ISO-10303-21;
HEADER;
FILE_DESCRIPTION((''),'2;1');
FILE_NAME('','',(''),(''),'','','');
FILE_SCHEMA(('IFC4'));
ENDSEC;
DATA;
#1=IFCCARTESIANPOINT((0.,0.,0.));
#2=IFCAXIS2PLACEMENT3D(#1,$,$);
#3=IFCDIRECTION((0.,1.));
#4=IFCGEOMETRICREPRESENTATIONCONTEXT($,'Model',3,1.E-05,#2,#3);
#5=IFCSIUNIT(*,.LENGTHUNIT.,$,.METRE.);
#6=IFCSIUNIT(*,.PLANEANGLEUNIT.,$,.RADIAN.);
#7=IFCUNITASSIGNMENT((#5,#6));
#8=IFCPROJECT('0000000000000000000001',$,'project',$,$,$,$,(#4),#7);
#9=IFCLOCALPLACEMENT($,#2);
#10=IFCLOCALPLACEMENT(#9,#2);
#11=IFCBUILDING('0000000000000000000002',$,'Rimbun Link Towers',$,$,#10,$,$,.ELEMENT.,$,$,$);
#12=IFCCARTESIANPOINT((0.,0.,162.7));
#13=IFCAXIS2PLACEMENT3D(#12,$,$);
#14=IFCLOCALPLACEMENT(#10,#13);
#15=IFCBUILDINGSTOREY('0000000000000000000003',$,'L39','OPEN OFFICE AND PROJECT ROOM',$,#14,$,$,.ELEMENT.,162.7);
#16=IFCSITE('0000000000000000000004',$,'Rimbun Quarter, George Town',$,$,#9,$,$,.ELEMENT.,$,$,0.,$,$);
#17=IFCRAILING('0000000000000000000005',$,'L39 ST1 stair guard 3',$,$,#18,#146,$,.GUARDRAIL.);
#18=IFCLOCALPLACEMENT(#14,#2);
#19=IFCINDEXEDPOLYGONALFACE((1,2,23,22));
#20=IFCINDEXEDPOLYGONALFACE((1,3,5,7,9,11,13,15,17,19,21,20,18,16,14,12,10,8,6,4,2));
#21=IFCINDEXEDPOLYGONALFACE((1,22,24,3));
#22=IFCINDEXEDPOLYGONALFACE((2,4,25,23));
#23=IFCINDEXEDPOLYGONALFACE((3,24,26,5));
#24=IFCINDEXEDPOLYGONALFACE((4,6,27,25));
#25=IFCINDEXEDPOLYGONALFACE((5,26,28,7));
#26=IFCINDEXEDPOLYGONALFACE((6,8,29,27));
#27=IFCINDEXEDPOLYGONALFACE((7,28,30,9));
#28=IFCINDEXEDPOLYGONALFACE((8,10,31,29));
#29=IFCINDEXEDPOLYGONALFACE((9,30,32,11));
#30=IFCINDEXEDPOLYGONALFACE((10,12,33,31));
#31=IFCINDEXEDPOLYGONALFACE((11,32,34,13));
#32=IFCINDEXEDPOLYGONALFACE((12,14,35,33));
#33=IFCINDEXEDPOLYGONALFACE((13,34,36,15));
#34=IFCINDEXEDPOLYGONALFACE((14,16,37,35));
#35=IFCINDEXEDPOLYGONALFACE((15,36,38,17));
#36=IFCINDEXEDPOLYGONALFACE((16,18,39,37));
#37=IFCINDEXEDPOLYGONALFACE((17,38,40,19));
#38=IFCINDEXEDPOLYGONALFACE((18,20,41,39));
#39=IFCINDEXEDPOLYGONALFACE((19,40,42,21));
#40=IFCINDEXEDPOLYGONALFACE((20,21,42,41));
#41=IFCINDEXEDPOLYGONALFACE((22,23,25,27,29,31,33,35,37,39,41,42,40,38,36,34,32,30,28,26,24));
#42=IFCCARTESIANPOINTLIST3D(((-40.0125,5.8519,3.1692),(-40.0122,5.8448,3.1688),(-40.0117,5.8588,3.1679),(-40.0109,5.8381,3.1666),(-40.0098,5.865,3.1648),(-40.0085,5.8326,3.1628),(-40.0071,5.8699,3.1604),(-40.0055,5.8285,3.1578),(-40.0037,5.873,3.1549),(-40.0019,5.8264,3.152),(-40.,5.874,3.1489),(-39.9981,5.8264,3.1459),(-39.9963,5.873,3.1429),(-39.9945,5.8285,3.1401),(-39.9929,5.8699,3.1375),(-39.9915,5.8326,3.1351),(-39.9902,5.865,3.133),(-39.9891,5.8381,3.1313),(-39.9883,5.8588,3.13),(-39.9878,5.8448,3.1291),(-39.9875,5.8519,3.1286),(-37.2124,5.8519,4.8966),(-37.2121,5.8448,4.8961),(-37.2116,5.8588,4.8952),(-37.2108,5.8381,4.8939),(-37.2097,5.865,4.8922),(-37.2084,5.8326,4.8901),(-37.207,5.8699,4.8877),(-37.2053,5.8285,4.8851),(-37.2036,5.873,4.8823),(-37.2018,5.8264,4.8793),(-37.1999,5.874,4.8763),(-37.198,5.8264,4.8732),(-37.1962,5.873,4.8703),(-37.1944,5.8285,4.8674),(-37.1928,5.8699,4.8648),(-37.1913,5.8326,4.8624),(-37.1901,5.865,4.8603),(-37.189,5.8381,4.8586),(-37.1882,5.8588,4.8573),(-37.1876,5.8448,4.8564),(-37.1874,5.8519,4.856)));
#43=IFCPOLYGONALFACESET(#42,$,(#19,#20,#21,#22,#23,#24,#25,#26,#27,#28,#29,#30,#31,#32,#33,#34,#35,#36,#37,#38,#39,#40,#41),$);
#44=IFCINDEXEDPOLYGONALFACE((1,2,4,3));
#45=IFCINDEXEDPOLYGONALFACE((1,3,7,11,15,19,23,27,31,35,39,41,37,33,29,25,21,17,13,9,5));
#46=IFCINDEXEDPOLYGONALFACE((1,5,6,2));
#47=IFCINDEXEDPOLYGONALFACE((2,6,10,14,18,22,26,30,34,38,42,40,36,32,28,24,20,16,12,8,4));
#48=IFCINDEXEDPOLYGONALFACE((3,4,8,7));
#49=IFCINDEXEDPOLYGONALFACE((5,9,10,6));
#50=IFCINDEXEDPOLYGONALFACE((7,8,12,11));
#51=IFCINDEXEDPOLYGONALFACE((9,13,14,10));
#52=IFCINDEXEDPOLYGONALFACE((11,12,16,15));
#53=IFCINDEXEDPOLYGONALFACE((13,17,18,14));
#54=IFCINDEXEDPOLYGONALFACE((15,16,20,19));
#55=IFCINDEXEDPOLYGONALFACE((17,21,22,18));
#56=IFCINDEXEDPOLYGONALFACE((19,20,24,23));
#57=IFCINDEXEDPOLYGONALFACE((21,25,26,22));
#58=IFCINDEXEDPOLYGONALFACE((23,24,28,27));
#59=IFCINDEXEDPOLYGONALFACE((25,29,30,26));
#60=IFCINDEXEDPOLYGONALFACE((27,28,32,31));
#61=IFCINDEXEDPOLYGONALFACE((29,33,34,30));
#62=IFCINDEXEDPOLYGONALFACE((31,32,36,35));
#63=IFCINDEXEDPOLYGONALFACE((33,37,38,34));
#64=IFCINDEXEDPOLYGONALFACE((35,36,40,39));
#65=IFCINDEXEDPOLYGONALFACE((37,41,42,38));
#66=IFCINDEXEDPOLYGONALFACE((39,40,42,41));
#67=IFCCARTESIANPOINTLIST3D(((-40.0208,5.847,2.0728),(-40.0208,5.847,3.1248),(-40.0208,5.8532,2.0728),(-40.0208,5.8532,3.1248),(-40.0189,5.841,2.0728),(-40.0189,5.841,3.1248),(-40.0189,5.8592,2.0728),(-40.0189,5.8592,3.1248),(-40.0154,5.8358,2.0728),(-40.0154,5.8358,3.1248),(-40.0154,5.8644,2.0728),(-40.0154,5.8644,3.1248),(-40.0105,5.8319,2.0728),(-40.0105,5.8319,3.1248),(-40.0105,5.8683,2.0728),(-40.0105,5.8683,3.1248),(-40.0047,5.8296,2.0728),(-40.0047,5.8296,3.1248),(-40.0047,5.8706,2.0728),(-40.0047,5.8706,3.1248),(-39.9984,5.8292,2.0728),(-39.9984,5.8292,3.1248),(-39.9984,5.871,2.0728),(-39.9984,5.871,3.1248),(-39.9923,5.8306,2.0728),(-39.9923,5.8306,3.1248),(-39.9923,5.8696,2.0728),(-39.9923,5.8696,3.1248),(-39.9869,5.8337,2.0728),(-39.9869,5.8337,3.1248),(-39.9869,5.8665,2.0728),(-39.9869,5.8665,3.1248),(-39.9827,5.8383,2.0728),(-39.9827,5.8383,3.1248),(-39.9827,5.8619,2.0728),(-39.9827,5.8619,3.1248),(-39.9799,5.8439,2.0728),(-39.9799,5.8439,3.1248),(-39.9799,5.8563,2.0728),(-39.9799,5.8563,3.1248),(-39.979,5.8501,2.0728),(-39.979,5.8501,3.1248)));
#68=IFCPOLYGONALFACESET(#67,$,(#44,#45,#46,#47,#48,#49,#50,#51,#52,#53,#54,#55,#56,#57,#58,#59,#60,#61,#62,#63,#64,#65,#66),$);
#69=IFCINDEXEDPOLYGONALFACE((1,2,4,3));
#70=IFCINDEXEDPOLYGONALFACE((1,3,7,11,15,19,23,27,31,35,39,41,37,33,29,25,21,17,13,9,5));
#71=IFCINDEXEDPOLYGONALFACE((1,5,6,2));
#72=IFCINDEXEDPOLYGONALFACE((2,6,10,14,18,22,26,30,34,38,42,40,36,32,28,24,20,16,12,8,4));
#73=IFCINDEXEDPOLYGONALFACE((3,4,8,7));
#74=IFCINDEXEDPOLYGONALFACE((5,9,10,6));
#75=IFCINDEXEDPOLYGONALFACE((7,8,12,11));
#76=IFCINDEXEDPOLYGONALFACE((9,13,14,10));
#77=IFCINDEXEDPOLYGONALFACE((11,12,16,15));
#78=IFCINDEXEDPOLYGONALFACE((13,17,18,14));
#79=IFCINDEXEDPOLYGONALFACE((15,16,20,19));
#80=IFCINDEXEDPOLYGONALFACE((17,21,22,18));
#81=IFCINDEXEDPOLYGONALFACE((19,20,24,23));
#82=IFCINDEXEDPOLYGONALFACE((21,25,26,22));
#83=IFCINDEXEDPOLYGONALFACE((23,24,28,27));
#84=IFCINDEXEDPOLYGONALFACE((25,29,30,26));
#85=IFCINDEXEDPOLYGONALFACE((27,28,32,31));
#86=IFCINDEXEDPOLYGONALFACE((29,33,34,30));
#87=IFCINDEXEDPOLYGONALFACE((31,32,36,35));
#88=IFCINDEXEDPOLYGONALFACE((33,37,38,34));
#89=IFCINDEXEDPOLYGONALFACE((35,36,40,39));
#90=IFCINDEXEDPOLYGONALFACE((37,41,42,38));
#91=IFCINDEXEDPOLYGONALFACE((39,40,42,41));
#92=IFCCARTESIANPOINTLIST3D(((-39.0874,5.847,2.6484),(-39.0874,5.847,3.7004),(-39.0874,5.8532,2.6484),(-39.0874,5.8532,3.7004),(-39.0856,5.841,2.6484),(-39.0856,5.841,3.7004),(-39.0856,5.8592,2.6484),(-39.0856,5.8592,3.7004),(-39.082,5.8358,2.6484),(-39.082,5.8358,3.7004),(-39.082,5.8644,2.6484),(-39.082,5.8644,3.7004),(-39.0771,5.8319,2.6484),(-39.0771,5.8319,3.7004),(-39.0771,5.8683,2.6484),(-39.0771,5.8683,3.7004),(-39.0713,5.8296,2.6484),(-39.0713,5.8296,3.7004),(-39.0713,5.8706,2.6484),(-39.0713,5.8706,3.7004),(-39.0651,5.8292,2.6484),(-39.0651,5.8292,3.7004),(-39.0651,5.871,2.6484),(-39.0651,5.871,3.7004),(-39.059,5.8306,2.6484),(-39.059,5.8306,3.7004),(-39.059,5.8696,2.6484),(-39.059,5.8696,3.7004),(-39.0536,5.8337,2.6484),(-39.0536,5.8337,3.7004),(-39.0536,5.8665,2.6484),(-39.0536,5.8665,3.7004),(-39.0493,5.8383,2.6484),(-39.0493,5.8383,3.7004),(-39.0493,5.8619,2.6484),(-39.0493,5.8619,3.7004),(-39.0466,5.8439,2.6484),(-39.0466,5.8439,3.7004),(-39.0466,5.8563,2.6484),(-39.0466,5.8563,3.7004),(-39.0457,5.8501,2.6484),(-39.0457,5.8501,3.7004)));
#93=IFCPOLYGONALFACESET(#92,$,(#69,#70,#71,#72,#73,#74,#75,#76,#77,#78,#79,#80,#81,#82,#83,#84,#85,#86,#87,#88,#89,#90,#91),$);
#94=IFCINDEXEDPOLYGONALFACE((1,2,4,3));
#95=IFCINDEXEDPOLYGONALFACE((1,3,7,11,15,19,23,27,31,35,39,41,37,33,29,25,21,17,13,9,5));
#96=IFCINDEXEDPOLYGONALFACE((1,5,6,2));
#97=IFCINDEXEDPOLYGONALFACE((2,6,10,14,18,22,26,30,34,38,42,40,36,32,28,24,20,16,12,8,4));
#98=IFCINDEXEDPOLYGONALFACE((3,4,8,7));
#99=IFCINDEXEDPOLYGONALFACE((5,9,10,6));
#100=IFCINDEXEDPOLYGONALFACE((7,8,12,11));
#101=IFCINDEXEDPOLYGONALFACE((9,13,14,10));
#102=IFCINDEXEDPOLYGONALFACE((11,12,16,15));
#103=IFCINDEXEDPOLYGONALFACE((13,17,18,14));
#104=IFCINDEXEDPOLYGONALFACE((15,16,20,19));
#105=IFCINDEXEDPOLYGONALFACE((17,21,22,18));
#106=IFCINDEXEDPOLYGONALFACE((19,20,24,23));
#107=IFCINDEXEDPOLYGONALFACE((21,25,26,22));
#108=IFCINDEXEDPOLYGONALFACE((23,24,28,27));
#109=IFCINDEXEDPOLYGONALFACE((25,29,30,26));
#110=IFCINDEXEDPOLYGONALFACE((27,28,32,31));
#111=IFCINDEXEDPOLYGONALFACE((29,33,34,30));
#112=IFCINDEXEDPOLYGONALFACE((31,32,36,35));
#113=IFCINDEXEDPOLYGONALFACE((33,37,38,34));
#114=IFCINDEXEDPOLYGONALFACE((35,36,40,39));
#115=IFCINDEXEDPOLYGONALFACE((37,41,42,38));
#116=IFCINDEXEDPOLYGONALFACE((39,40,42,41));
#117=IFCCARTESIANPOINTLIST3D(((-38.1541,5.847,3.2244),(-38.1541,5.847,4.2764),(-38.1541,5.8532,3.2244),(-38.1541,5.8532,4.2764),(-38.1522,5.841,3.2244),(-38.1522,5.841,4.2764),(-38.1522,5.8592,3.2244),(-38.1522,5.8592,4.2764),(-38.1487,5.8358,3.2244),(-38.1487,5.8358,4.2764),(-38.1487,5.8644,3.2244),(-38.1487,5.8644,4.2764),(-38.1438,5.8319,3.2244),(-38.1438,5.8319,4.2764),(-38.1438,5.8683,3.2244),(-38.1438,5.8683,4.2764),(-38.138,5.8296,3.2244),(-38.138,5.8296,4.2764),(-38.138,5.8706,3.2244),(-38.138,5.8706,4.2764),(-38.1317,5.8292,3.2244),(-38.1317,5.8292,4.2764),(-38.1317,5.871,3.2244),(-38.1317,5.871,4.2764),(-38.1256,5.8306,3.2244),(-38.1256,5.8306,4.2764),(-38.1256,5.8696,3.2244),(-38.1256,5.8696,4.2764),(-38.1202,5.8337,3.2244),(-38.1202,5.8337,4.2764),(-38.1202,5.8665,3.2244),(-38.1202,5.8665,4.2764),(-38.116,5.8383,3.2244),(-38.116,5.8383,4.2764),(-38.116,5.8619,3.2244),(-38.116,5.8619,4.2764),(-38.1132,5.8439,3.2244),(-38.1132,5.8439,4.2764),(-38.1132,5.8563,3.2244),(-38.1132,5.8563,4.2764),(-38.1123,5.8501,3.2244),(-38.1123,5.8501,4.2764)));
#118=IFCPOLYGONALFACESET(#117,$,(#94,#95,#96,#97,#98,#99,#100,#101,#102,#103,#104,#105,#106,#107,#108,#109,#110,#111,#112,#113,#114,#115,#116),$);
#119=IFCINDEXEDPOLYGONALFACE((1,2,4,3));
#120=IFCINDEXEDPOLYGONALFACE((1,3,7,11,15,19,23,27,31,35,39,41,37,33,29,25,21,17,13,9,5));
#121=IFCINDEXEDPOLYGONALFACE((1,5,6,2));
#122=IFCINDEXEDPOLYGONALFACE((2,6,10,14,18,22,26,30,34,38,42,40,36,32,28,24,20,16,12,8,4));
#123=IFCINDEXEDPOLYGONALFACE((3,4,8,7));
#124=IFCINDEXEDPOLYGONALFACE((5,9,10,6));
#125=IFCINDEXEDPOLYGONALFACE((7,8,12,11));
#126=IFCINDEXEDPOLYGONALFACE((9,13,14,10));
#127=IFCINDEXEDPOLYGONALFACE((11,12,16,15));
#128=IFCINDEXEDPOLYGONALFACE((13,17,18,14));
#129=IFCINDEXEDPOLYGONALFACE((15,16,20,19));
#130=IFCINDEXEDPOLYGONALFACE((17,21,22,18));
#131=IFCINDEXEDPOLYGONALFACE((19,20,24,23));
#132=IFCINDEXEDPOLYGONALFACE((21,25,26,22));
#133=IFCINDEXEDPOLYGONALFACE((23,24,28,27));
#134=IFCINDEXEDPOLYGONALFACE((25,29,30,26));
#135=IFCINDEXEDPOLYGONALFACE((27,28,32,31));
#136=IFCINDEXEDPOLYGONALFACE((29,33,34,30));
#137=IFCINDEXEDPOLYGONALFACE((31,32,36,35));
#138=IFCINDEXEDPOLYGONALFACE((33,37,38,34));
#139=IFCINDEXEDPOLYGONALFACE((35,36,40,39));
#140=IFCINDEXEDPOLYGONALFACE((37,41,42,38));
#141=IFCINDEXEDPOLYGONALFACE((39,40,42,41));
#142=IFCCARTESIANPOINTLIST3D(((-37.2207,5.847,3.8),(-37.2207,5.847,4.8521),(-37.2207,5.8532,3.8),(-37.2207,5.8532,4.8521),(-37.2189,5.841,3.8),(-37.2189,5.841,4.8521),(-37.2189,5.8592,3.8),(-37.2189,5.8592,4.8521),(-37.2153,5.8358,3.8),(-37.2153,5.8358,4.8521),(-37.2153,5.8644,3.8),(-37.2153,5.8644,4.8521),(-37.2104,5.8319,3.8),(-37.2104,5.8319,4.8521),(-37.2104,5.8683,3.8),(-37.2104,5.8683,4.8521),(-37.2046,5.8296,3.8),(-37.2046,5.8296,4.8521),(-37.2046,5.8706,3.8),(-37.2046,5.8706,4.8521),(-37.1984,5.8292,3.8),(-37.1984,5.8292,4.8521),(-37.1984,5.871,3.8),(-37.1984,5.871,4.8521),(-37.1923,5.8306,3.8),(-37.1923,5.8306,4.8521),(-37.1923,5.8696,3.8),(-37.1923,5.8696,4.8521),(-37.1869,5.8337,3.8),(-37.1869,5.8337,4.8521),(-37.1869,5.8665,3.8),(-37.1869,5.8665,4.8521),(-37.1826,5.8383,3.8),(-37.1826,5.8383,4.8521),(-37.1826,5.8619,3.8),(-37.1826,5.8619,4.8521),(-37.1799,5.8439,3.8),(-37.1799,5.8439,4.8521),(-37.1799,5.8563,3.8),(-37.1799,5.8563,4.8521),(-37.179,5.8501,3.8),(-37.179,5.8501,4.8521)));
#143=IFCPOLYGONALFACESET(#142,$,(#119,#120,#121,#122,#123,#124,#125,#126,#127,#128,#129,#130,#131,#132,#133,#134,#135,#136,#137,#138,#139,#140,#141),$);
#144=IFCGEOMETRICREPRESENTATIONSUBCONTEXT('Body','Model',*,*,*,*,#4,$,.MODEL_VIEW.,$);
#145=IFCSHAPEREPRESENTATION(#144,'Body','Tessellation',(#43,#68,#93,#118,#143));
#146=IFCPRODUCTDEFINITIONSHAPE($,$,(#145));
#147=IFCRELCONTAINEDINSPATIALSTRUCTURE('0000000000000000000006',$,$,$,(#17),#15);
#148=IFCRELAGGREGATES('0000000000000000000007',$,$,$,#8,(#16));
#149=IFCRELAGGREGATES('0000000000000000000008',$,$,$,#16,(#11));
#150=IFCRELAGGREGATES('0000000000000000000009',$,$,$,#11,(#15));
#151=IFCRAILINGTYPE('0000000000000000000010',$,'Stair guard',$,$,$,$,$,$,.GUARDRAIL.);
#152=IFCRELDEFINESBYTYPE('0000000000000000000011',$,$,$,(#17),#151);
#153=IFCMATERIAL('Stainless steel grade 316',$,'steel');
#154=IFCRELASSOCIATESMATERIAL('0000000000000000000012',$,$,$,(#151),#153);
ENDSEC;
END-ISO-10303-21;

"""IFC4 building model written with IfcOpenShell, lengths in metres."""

from ifc_helpers import new_model, si_unit, direction, frame, origin, origin_2d, place, context, subcontext, project, spatial, circle, extrude, material, type_object, element, save


model = new_model("IFC4")

# Units and contexts
model_context = context("Model", 3, precision=1e-05, world=origin(), true_north=direction((0.0, 1.0)))
body_context = subcontext(model_context, "Body", "Model", "MODEL_VIEW")
ifc_project = project(units=[si_unit("LENGTHUNIT", "METRE"), si_unit("PLANEANGLEUNIT", "RADIAN")], contexts=[model_context])

# Site, building, storey
site_placement = place(None, origin())
site = spatial("IfcSite", under=ifc_project, at=site_placement, Name="Rimbun Quarter, George Town", CompositionType="ELEMENT", RefElevation=0.0)
building_placement = place(site_placement, origin())
building = spatial("IfcBuilding", under=site, at=building_placement, Name="Rimbun Link Towers", CompositionType="ELEMENT")
storey_placement = place(building_placement, frame((0.0, 0.0, 162.7)))
storey = spatial("IfcBuildingStorey", under=building, at=storey_placement, Name="L39", Description="OPEN OFFICE AND PROJECT ROOM", CompositionType="ELEMENT", Elevation=162.7)

# Railing
ifc_material_1 = material(Name="Stainless steel grade 316", Category="steel")
railing_type_1 = type_object("IfcRailingType", Name="Stair guard", PredefinedType="GUARDRAIL", material=ifc_material_1)
railing_1_placement = place(storey_placement, frame((-40.0, 5.8501, 2.0728)))
element("IfcRailing", 1, at=railing_1_placement, inside=storey, type_object=railing_type_1, Name="L39 ST1 stair guard 3", PredefinedType="GUARDRAIL", context=body_context, shape_type="SweptSolid", body=[
    extrude(circle(Radius=0.0239, at=origin_2d()), frame((0.0, 0.0, 1.0762), z_axis=(0.85109, 0.0, 0.52502), x_axis=(0.0, 1.0, 0.0)), (0.0, 0.0, 1.0), 3.29),
    extrude(circle(Radius=0.021, at=origin_2d()), origin(), (0.0, 0.0, 1.0), 1.052),
    extrude(circle(Radius=0.021, at=origin_2d()), frame((0.9333, 0.0, 0.5757)), (0.0, 0.0, 1.0), 1.052),
    extrude(circle(Radius=0.021, at=origin_2d()), frame((1.8667, 0.0, 1.1516)), (0.0, 0.0, 1.0), 1.052),
    extrude(circle(Radius=0.021, at=origin_2d()), frame((2.8, 0.0, 1.7273)), (0.0, 0.0, 1.0), 1.052),
])

save(model, "model.ifc")
